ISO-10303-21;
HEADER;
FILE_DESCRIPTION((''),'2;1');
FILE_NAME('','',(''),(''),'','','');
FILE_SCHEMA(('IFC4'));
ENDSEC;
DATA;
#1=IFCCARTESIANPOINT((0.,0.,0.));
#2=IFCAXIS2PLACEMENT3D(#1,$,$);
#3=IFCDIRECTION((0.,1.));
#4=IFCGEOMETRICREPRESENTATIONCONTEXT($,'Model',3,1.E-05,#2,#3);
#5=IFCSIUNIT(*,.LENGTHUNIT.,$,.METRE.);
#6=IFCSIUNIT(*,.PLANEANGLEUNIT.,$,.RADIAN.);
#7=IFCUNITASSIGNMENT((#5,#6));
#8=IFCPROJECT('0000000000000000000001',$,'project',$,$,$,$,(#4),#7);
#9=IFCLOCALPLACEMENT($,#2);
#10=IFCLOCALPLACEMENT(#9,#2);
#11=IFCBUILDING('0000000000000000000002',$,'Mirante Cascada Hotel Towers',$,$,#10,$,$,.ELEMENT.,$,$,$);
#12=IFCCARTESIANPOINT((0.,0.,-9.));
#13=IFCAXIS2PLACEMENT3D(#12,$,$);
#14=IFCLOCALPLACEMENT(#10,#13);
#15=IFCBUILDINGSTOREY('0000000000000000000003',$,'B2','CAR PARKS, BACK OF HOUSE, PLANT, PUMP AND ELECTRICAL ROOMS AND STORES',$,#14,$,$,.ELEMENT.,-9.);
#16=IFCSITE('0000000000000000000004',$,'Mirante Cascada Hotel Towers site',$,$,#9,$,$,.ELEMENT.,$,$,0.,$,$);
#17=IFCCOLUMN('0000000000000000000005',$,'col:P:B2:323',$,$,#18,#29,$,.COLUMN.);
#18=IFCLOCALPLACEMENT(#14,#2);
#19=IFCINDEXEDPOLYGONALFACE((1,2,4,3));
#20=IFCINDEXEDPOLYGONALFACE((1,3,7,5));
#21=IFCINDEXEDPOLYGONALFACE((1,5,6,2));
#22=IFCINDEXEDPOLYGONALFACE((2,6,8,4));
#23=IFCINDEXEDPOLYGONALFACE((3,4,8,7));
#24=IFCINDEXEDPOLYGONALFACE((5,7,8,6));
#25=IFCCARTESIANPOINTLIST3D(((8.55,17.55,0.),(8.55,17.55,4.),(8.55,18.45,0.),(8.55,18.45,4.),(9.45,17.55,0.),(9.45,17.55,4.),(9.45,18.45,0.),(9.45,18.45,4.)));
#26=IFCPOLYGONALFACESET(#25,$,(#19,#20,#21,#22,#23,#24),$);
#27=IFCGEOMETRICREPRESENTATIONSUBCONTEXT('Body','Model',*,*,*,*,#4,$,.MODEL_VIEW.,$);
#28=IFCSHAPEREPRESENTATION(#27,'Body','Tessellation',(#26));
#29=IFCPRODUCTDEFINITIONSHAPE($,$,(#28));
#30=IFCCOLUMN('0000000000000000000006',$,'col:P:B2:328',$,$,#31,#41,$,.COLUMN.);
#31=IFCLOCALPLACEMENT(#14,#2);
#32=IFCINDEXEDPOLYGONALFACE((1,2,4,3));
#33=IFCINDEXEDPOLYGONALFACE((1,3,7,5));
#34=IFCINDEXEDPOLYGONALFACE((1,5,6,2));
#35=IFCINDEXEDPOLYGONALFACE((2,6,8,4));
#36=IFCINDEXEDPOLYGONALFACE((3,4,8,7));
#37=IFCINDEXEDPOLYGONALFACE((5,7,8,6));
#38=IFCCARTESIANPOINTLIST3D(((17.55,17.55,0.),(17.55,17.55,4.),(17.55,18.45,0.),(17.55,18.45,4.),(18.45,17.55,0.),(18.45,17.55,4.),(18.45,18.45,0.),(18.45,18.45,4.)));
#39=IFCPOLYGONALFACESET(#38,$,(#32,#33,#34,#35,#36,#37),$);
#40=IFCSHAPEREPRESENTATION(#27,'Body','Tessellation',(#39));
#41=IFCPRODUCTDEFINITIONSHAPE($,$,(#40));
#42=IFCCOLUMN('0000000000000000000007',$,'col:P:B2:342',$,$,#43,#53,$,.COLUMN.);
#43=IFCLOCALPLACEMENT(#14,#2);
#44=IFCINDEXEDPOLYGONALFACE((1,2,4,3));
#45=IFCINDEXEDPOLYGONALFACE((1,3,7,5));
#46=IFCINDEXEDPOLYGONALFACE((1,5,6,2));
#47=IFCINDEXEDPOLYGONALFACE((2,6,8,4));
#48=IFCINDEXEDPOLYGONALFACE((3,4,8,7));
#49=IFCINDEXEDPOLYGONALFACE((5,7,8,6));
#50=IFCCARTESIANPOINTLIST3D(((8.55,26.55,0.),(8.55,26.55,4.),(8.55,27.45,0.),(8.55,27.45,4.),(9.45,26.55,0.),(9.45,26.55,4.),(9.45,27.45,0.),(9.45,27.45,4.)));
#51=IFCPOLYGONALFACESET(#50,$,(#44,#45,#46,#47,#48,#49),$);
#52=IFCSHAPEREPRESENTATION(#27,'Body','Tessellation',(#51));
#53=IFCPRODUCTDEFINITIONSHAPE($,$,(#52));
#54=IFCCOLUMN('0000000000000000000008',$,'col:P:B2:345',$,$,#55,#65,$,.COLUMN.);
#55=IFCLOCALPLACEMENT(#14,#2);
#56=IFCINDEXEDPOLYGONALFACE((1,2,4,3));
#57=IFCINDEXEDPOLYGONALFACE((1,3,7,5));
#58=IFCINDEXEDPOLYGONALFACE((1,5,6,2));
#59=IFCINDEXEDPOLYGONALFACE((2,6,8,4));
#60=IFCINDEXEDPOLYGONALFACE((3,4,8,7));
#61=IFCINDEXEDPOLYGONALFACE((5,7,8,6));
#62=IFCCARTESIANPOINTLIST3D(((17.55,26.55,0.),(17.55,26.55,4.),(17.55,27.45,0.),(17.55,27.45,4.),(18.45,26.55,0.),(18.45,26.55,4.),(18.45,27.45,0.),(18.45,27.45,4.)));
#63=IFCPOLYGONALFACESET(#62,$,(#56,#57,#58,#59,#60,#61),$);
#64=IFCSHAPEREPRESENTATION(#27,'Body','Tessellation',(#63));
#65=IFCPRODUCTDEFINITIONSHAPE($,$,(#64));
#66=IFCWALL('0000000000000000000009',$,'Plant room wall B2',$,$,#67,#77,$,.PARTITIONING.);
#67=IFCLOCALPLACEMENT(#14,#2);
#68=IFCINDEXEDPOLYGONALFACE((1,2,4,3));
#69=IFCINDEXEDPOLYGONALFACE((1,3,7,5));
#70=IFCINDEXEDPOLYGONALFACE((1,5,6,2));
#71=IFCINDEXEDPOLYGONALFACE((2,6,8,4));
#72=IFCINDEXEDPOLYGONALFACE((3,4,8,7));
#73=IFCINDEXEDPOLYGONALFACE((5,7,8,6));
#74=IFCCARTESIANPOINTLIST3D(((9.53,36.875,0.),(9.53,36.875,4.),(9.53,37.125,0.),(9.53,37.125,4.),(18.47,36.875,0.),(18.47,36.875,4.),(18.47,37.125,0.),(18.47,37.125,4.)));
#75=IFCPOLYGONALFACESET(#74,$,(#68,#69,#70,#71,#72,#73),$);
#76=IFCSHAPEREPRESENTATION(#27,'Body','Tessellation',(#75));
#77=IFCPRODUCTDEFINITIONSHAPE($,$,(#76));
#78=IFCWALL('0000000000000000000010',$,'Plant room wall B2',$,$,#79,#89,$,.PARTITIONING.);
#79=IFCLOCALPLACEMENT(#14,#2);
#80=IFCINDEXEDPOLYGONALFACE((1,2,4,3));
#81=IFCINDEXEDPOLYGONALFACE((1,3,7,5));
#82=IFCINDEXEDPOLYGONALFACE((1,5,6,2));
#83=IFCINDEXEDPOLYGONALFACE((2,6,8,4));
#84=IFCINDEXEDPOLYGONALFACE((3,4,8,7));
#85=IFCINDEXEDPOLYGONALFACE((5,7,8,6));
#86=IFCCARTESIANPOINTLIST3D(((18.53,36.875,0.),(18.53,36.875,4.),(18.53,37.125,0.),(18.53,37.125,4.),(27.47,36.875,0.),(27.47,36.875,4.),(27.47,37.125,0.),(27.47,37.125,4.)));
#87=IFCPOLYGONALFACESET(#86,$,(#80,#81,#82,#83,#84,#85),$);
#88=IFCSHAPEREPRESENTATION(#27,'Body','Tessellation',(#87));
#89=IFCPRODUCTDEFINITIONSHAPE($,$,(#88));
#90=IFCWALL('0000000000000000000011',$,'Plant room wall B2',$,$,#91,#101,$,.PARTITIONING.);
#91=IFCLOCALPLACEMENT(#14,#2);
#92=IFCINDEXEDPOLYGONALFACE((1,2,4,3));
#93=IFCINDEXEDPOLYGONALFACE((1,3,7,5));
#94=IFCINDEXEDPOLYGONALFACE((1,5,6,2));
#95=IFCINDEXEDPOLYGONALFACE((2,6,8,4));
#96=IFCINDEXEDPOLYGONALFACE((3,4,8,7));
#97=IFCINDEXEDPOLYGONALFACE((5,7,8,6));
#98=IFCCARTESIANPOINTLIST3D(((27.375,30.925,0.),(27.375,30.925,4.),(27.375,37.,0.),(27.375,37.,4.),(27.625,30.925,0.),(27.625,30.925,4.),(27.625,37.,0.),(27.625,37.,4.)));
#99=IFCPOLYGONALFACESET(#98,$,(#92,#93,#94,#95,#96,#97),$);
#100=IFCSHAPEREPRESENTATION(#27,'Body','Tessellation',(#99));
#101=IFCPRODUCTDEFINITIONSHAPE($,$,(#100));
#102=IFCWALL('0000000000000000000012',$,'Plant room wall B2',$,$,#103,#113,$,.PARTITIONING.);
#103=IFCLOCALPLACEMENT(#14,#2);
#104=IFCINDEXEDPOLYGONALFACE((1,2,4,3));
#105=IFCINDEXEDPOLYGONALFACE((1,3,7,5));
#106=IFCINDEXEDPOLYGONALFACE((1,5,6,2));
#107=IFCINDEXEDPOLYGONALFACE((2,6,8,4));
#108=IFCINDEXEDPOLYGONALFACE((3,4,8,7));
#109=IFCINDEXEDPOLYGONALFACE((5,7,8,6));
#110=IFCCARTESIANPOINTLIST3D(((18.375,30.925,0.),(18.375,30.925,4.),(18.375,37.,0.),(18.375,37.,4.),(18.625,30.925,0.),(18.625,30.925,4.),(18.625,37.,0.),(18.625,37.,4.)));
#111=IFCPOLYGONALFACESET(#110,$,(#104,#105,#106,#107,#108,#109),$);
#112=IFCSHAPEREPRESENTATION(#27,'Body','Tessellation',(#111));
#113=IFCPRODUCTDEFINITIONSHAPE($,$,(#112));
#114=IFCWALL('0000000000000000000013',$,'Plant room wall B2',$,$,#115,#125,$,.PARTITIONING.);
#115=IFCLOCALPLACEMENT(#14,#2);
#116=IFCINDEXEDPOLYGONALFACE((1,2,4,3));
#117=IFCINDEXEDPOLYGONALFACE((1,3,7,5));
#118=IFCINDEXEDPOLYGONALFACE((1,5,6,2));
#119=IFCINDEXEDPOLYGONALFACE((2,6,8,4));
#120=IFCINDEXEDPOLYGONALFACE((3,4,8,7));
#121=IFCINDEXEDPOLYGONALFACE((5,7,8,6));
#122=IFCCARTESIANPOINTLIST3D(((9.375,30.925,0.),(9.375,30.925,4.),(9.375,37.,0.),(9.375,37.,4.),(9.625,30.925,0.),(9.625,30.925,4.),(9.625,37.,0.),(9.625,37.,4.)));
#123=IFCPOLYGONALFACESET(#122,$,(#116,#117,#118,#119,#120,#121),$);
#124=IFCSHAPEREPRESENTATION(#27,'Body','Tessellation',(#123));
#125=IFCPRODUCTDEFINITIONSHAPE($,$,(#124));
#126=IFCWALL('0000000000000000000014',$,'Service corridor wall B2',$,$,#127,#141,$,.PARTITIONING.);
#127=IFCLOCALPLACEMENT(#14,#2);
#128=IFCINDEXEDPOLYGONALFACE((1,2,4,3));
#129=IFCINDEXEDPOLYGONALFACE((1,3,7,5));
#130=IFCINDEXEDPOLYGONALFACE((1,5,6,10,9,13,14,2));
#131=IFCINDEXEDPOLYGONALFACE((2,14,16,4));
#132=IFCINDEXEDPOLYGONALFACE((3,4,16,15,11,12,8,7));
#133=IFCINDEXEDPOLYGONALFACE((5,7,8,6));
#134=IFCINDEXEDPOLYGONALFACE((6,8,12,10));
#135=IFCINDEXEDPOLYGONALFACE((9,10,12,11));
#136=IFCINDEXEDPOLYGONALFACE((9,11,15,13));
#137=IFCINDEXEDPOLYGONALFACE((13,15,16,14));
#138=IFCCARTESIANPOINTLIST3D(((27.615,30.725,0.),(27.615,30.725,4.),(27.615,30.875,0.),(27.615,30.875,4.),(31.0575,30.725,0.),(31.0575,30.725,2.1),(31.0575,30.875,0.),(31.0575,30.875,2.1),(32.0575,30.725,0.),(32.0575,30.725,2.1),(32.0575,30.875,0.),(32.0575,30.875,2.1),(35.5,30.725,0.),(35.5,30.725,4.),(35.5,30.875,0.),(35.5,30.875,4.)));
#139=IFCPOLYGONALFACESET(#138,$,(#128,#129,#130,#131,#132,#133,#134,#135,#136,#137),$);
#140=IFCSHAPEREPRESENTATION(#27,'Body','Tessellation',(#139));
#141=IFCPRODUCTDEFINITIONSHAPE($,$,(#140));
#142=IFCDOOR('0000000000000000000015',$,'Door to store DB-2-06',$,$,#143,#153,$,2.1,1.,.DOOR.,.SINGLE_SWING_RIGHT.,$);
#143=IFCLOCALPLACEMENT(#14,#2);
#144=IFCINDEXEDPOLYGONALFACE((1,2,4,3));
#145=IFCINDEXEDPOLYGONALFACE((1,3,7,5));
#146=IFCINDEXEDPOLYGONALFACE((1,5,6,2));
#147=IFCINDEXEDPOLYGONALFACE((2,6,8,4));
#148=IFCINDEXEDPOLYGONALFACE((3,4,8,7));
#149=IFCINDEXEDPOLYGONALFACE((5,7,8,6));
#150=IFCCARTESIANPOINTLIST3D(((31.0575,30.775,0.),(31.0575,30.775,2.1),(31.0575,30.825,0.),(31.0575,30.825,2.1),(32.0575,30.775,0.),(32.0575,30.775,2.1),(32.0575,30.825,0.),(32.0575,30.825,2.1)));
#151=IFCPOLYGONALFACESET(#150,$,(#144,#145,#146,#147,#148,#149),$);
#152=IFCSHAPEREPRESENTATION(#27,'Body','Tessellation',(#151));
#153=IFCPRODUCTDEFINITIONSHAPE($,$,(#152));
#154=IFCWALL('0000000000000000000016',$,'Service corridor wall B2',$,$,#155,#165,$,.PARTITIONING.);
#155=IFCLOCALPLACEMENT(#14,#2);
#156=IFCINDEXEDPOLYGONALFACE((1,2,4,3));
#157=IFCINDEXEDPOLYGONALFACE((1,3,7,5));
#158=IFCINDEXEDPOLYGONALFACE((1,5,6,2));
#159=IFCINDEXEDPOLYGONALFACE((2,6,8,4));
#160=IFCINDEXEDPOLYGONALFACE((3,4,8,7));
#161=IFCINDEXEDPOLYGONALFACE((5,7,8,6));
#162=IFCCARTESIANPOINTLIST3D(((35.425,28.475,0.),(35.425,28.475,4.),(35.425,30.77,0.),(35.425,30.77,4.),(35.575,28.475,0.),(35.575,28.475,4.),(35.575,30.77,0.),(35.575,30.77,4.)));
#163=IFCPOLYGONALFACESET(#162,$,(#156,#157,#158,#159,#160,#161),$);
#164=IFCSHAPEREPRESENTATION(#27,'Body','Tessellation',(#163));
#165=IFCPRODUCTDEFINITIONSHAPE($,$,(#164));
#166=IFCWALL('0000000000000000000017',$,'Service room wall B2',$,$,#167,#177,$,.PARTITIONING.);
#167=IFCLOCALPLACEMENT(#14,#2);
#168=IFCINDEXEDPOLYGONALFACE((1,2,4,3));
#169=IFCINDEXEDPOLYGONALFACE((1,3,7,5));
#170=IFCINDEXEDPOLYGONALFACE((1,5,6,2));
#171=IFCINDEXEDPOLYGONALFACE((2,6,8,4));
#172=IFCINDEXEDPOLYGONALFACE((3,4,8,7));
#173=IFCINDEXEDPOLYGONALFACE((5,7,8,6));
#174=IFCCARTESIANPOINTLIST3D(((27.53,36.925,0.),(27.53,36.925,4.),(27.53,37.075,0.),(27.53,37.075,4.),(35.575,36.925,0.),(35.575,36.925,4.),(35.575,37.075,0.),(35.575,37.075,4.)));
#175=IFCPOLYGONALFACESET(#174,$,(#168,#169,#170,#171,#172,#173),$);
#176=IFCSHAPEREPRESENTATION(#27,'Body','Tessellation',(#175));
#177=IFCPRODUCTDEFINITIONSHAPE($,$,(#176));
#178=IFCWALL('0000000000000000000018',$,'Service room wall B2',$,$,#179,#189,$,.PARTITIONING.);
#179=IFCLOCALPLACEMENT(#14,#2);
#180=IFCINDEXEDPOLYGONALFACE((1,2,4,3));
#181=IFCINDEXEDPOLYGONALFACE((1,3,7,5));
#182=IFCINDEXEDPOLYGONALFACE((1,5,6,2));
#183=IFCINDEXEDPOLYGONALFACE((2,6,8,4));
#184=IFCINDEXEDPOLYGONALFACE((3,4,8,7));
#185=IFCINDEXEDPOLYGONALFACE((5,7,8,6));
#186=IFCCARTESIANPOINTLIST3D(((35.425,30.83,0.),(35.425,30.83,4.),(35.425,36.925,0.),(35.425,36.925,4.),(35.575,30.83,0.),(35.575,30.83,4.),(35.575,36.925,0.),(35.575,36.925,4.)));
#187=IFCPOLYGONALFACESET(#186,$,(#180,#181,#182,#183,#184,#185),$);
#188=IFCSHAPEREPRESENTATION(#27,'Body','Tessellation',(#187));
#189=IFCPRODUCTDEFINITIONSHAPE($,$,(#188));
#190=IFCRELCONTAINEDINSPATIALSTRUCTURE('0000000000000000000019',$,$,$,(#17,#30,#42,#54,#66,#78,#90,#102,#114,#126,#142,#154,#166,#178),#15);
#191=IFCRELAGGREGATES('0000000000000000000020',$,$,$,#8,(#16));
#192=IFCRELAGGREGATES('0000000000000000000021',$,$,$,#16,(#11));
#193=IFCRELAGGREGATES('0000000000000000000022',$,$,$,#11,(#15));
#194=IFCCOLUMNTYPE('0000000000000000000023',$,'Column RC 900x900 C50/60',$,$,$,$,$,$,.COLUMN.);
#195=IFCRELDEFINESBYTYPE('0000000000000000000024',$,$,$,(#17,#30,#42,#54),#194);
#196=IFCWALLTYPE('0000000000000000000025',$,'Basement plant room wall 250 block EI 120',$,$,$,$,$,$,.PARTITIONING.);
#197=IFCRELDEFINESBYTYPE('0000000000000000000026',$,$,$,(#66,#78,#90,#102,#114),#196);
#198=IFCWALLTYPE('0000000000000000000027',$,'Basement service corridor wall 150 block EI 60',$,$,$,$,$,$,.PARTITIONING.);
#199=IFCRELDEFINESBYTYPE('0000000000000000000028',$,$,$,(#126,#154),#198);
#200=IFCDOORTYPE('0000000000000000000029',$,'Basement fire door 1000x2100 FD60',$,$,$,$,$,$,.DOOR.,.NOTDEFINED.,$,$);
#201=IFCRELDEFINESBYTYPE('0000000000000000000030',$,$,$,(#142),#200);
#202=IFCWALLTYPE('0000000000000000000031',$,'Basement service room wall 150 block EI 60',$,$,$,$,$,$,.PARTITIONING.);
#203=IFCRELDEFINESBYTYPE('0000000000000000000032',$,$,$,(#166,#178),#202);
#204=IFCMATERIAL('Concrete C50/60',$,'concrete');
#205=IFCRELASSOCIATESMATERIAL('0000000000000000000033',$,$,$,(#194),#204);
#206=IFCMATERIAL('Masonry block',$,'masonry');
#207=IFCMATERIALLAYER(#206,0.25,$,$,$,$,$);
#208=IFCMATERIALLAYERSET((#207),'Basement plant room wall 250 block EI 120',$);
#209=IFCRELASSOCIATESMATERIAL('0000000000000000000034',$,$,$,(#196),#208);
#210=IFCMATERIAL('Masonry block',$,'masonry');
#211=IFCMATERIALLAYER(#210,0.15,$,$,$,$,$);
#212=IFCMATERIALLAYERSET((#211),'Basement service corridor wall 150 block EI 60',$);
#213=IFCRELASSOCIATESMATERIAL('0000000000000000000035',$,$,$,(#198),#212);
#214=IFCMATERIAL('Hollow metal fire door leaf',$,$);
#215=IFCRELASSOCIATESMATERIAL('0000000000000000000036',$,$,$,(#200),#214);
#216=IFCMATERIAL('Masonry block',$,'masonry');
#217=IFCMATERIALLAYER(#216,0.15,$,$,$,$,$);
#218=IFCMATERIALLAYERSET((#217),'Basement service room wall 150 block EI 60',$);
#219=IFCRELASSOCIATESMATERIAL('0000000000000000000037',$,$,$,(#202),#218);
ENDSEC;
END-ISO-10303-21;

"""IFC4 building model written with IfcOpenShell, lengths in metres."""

from ifc_helpers import new_model, si_unit, direction, frame, frame_2d, origin, origin_2d, place, context, subcontext, project, spatial, rectangle, extrude, material, layer, layer_set, material_profile, profile_set, type_object, element, fill, save


model = new_model("IFC4")

# Units and contexts
model_context = context("Model", 3, precision=1e-05, world=origin(), true_north=direction((0.0, 1.0)))
body_context = subcontext(model_context, "Body", "Model", "MODEL_VIEW")
ifc_project = project(units=[si_unit("LENGTHUNIT", "METRE"), si_unit("PLANEANGLEUNIT", "RADIAN")], contexts=[model_context])

# Site, building, storey
site_placement = place(None, origin())
site = spatial("IfcSite", under=ifc_project, at=site_placement, Name="Mirante Cascada Hotel Towers site", CompositionType="ELEMENT", RefElevation=0.0)
building_placement = place(site_placement, origin())
building = spatial("IfcBuilding", under=site, at=building_placement, Name="Mirante Cascada Hotel Towers", CompositionType="ELEMENT")
storey_placement = place(building_placement, frame((0.0, 0.0, -9.0)))
storey = spatial("IfcBuildingStorey", under=building, at=storey_placement, Name="B2", Description="CAR PARKS, BACK OF HOUSE, PLANT, PUMP AND ELECTRICAL ROOMS AND STORES", CompositionType="ELEMENT", Elevation=-9.0)

# Columns
ifc_material_1 = material(Name="Concrete C50/60", Category="concrete")
ifc_material_profile_1 = material_profile(ifc_material_1, rectangle(XDim=0.9, YDim=0.9, at=origin_2d()), Name="RC 900x900")
ifc_profile_set_1 = profile_set([ifc_material_profile_1], Name="Concrete C50/60")
column_type_1 = type_object("IfcColumnType", Name="Column RC 900x900 C50/60", PredefinedType="COLUMN", material=ifc_profile_set_1)
for number, where, z_axis, x_axis, name in (
    (1, (9.0, 18.0, 0.0), (0.0, 0.0, 1.0), (1.0, 0.0, 0.0), "col:P:B2:323"),
    (2, (18.0, 18.0, 0.0), (0.0, 0.0, 1.0), (1.0, 0.0, 0.0), "col:P:B2:328"),
    (3, (9.0, 27.0, 0.0), (0.0, 0.0, 1.0), (1.0, 0.0, 0.0), "col:P:B2:342"),
    (4, (18.0, 27.0, 0.0), (0.0, 0.0, 1.0), (1.0, 0.0, 0.0), "col:P:B2:345"),
):
    element("IfcColumn", number, at=place(storey_placement, frame(where, z_axis=z_axis, x_axis=x_axis)), inside=storey, type_object=column_type_1, Name=name, PredefinedType="COLUMN", context=body_context, shape_type="SweptSolid", body=[
        extrude(rectangle(XDim=0.9, YDim=0.9, at=origin_2d()), origin(), (0.0, 0.0, 1.0), 4.0),
    ])

# Walls
ifc_material_2 = material(Name="Masonry block", Category="masonry")
ifc_layer_1 = layer(ifc_material_2, 0.25)
ifc_layer_set_1 = layer_set([ifc_layer_1], Name="Basement plant room wall 250 block EI 120")
wall_type_1 = type_object("IfcWallType", Name="Basement plant room wall 250 block EI 120", PredefinedType="PARTITIONING", material=ifc_layer_set_1)
for number, where, z_axis, x_axis, name in (
    (5, (9.53, 37.0, 0.0), (0.0, 0.0, 1.0), (1.0, 0.0, 0.0), "Plant room wall B2"),
    (6, (18.53, 37.0, 0.0), (0.0, 0.0, 1.0), (1.0, 0.0, 0.0), "Plant room wall B2"),
):
    element("IfcWall", number, at=place(storey_placement, frame(where, z_axis=z_axis, x_axis=x_axis)), inside=storey, type_object=wall_type_1, Name=name, PredefinedType="PARTITIONING", context=body_context, shape_type="SweptSolid", body=[
        extrude(rectangle(XDim=8.94, YDim=0.25, at=frame_2d((4.47, 0.0))), origin(), (0.0, 0.0, 1.0), 4.0),
    ])
for number, where, z_axis, x_axis, name in (
    (7, (27.5, 30.925, 0.0), (0.0, 0.0, 1.0), (0.0, 1.0, 0.0), "Plant room wall B2"),
    (8, (18.5, 30.925, 0.0), (0.0, 0.0, 1.0), (0.0, 1.0, 0.0), "Plant room wall B2"),
    (9, (9.5, 30.925, 0.0), (0.0, 0.0, 1.0), (0.0, 1.0, 0.0), "Plant room wall B2"),
):
    element("IfcWall", number, at=place(storey_placement, frame(where, z_axis=z_axis, x_axis=x_axis)), inside=storey, type_object=wall_type_1, Name=name, PredefinedType="PARTITIONING", context=body_context, shape_type="SweptSolid", body=[
        extrude(rectangle(XDim=6.075, YDim=0.25, at=frame_2d((3.0375, 0.0))), origin(), (0.0, 0.0, 1.0), 4.0),
    ])

# Wall, opening, door
ifc_material_3 = material(Name="Masonry block", Category="masonry")
ifc_layer_2 = layer(ifc_material_3, 0.15)
ifc_layer_set_2 = layer_set([ifc_layer_2], Name="Basement service corridor wall 150 block EI 60")
wall_type_2 = type_object("IfcWallType", Name="Basement service corridor wall 150 block EI 60", PredefinedType="PARTITIONING", material=ifc_layer_set_2)
wall_1_placement = place(storey_placement, frame((27.615, 30.8, 0.0), z_axis=(0.0, 0.0, 1.0), x_axis=(1.0, 0.0, 0.0)))
wall_1 = element("IfcWall", 10, at=wall_1_placement, inside=storey, type_object=wall_type_2, Name="Service corridor wall B2", PredefinedType="PARTITIONING", context=body_context, shape_type="SweptSolid", body=[
    extrude(rectangle(XDim=7.885, YDim=0.15, at=frame_2d((3.9425, 0.0))), origin(), (0.0, 0.0, 1.0), 4.0),
])
opening_placement = place(wall_1_placement, frame((3.4425, 0.0, 0.0)))
opening = element("IfcOpeningElement", 11, at=opening_placement, cuts=wall_1, PredefinedType="OPENING", context=body_context, shape_type="SweptSolid", body=[
    extrude(rectangle(XDim=1.0, YDim=2.1, at=frame_2d((0.5, 1.05))), frame((0.0, 0.075, 0.0), z_axis=(0.0, -1.0, 0.0), x_axis=(1.0, 0.0, 0.0)), (0.0, 0.0, 1.0), 0.15),
])
ifc_material_4 = material(Name="Hollow metal fire door leaf")
door_type = type_object("IfcDoorType", Name="Basement fire door 1000x2100 FD60", OperationType="NOTDEFINED", PredefinedType="DOOR", material=ifc_material_4)
door_placement = place(opening_placement, origin())
door = element("IfcDoor", 12, at=door_placement, inside=storey, type_object=door_type, Name="Door to store DB-2-06", OperationType="SINGLE_SWING_RIGHT", OverallHeight=2.1, OverallWidth=1.0, PredefinedType="DOOR", context=body_context, shape_type="SweptSolid", body=[
    extrude(rectangle(XDim=1.0, YDim=2.1, at=frame_2d((0.5, 1.05))), frame((0.0, 0.025, 0.0), z_axis=(0.0, -1.0, 0.0), x_axis=(1.0, 0.0, 0.0)), (0.0, 0.0, 1.0), 0.05),
])
fill(opening, door)

# Walls
wall_2_placement = place(storey_placement, frame((35.5, 28.475, 0.0), z_axis=(0.0, 0.0, 1.0), x_axis=(0.0, 1.0, 0.0)))
element("IfcWall", 13, at=wall_2_placement, inside=storey, type_object=wall_type_2, Name="Service corridor wall B2", PredefinedType="PARTITIONING", context=body_context, shape_type="SweptSolid", body=[
    extrude(rectangle(XDim=2.295, YDim=0.15, at=frame_2d((1.1475, 0.0))), origin(), (0.0, 0.0, 1.0), 4.0),
])
ifc_material_5 = material(Name="Masonry block", Category="masonry")
ifc_layer_3 = layer(ifc_material_5, 0.15)
ifc_layer_set_3 = layer_set([ifc_layer_3], Name="Basement service room wall 150 block EI 60")
wall_type_3 = type_object("IfcWallType", Name="Basement service room wall 150 block EI 60", PredefinedType="PARTITIONING", material=ifc_layer_set_3)
wall_3_placement = place(storey_placement, frame((27.53, 37.0, 0.0), z_axis=(0.0, 0.0, 1.0), x_axis=(1.0, 0.0, 0.0)))
element("IfcWall", 14, at=wall_3_placement, inside=storey, type_object=wall_type_3, Name="Service room wall B2", PredefinedType="PARTITIONING", context=body_context, shape_type="SweptSolid", body=[
    extrude(rectangle(XDim=8.045, YDim=0.15, at=frame_2d((4.0225, 0.0))), origin(), (0.0, 0.0, 1.0), 4.0),
])
wall_4_placement = place(storey_placement, frame((35.5, 30.83, 0.0), z_axis=(0.0, 0.0, 1.0), x_axis=(0.0, 1.0, 0.0)))
element("IfcWall", 15, at=wall_4_placement, inside=storey, type_object=wall_type_3, Name="Service room wall B2", PredefinedType="PARTITIONING", context=body_context, shape_type="SweptSolid", body=[
    extrude(rectangle(XDim=6.095, YDim=0.15, at=frame_2d((3.0475, 0.0))), origin(), (0.0, 0.0, 1.0), 4.0),
])

save(model, "model.ifc")
